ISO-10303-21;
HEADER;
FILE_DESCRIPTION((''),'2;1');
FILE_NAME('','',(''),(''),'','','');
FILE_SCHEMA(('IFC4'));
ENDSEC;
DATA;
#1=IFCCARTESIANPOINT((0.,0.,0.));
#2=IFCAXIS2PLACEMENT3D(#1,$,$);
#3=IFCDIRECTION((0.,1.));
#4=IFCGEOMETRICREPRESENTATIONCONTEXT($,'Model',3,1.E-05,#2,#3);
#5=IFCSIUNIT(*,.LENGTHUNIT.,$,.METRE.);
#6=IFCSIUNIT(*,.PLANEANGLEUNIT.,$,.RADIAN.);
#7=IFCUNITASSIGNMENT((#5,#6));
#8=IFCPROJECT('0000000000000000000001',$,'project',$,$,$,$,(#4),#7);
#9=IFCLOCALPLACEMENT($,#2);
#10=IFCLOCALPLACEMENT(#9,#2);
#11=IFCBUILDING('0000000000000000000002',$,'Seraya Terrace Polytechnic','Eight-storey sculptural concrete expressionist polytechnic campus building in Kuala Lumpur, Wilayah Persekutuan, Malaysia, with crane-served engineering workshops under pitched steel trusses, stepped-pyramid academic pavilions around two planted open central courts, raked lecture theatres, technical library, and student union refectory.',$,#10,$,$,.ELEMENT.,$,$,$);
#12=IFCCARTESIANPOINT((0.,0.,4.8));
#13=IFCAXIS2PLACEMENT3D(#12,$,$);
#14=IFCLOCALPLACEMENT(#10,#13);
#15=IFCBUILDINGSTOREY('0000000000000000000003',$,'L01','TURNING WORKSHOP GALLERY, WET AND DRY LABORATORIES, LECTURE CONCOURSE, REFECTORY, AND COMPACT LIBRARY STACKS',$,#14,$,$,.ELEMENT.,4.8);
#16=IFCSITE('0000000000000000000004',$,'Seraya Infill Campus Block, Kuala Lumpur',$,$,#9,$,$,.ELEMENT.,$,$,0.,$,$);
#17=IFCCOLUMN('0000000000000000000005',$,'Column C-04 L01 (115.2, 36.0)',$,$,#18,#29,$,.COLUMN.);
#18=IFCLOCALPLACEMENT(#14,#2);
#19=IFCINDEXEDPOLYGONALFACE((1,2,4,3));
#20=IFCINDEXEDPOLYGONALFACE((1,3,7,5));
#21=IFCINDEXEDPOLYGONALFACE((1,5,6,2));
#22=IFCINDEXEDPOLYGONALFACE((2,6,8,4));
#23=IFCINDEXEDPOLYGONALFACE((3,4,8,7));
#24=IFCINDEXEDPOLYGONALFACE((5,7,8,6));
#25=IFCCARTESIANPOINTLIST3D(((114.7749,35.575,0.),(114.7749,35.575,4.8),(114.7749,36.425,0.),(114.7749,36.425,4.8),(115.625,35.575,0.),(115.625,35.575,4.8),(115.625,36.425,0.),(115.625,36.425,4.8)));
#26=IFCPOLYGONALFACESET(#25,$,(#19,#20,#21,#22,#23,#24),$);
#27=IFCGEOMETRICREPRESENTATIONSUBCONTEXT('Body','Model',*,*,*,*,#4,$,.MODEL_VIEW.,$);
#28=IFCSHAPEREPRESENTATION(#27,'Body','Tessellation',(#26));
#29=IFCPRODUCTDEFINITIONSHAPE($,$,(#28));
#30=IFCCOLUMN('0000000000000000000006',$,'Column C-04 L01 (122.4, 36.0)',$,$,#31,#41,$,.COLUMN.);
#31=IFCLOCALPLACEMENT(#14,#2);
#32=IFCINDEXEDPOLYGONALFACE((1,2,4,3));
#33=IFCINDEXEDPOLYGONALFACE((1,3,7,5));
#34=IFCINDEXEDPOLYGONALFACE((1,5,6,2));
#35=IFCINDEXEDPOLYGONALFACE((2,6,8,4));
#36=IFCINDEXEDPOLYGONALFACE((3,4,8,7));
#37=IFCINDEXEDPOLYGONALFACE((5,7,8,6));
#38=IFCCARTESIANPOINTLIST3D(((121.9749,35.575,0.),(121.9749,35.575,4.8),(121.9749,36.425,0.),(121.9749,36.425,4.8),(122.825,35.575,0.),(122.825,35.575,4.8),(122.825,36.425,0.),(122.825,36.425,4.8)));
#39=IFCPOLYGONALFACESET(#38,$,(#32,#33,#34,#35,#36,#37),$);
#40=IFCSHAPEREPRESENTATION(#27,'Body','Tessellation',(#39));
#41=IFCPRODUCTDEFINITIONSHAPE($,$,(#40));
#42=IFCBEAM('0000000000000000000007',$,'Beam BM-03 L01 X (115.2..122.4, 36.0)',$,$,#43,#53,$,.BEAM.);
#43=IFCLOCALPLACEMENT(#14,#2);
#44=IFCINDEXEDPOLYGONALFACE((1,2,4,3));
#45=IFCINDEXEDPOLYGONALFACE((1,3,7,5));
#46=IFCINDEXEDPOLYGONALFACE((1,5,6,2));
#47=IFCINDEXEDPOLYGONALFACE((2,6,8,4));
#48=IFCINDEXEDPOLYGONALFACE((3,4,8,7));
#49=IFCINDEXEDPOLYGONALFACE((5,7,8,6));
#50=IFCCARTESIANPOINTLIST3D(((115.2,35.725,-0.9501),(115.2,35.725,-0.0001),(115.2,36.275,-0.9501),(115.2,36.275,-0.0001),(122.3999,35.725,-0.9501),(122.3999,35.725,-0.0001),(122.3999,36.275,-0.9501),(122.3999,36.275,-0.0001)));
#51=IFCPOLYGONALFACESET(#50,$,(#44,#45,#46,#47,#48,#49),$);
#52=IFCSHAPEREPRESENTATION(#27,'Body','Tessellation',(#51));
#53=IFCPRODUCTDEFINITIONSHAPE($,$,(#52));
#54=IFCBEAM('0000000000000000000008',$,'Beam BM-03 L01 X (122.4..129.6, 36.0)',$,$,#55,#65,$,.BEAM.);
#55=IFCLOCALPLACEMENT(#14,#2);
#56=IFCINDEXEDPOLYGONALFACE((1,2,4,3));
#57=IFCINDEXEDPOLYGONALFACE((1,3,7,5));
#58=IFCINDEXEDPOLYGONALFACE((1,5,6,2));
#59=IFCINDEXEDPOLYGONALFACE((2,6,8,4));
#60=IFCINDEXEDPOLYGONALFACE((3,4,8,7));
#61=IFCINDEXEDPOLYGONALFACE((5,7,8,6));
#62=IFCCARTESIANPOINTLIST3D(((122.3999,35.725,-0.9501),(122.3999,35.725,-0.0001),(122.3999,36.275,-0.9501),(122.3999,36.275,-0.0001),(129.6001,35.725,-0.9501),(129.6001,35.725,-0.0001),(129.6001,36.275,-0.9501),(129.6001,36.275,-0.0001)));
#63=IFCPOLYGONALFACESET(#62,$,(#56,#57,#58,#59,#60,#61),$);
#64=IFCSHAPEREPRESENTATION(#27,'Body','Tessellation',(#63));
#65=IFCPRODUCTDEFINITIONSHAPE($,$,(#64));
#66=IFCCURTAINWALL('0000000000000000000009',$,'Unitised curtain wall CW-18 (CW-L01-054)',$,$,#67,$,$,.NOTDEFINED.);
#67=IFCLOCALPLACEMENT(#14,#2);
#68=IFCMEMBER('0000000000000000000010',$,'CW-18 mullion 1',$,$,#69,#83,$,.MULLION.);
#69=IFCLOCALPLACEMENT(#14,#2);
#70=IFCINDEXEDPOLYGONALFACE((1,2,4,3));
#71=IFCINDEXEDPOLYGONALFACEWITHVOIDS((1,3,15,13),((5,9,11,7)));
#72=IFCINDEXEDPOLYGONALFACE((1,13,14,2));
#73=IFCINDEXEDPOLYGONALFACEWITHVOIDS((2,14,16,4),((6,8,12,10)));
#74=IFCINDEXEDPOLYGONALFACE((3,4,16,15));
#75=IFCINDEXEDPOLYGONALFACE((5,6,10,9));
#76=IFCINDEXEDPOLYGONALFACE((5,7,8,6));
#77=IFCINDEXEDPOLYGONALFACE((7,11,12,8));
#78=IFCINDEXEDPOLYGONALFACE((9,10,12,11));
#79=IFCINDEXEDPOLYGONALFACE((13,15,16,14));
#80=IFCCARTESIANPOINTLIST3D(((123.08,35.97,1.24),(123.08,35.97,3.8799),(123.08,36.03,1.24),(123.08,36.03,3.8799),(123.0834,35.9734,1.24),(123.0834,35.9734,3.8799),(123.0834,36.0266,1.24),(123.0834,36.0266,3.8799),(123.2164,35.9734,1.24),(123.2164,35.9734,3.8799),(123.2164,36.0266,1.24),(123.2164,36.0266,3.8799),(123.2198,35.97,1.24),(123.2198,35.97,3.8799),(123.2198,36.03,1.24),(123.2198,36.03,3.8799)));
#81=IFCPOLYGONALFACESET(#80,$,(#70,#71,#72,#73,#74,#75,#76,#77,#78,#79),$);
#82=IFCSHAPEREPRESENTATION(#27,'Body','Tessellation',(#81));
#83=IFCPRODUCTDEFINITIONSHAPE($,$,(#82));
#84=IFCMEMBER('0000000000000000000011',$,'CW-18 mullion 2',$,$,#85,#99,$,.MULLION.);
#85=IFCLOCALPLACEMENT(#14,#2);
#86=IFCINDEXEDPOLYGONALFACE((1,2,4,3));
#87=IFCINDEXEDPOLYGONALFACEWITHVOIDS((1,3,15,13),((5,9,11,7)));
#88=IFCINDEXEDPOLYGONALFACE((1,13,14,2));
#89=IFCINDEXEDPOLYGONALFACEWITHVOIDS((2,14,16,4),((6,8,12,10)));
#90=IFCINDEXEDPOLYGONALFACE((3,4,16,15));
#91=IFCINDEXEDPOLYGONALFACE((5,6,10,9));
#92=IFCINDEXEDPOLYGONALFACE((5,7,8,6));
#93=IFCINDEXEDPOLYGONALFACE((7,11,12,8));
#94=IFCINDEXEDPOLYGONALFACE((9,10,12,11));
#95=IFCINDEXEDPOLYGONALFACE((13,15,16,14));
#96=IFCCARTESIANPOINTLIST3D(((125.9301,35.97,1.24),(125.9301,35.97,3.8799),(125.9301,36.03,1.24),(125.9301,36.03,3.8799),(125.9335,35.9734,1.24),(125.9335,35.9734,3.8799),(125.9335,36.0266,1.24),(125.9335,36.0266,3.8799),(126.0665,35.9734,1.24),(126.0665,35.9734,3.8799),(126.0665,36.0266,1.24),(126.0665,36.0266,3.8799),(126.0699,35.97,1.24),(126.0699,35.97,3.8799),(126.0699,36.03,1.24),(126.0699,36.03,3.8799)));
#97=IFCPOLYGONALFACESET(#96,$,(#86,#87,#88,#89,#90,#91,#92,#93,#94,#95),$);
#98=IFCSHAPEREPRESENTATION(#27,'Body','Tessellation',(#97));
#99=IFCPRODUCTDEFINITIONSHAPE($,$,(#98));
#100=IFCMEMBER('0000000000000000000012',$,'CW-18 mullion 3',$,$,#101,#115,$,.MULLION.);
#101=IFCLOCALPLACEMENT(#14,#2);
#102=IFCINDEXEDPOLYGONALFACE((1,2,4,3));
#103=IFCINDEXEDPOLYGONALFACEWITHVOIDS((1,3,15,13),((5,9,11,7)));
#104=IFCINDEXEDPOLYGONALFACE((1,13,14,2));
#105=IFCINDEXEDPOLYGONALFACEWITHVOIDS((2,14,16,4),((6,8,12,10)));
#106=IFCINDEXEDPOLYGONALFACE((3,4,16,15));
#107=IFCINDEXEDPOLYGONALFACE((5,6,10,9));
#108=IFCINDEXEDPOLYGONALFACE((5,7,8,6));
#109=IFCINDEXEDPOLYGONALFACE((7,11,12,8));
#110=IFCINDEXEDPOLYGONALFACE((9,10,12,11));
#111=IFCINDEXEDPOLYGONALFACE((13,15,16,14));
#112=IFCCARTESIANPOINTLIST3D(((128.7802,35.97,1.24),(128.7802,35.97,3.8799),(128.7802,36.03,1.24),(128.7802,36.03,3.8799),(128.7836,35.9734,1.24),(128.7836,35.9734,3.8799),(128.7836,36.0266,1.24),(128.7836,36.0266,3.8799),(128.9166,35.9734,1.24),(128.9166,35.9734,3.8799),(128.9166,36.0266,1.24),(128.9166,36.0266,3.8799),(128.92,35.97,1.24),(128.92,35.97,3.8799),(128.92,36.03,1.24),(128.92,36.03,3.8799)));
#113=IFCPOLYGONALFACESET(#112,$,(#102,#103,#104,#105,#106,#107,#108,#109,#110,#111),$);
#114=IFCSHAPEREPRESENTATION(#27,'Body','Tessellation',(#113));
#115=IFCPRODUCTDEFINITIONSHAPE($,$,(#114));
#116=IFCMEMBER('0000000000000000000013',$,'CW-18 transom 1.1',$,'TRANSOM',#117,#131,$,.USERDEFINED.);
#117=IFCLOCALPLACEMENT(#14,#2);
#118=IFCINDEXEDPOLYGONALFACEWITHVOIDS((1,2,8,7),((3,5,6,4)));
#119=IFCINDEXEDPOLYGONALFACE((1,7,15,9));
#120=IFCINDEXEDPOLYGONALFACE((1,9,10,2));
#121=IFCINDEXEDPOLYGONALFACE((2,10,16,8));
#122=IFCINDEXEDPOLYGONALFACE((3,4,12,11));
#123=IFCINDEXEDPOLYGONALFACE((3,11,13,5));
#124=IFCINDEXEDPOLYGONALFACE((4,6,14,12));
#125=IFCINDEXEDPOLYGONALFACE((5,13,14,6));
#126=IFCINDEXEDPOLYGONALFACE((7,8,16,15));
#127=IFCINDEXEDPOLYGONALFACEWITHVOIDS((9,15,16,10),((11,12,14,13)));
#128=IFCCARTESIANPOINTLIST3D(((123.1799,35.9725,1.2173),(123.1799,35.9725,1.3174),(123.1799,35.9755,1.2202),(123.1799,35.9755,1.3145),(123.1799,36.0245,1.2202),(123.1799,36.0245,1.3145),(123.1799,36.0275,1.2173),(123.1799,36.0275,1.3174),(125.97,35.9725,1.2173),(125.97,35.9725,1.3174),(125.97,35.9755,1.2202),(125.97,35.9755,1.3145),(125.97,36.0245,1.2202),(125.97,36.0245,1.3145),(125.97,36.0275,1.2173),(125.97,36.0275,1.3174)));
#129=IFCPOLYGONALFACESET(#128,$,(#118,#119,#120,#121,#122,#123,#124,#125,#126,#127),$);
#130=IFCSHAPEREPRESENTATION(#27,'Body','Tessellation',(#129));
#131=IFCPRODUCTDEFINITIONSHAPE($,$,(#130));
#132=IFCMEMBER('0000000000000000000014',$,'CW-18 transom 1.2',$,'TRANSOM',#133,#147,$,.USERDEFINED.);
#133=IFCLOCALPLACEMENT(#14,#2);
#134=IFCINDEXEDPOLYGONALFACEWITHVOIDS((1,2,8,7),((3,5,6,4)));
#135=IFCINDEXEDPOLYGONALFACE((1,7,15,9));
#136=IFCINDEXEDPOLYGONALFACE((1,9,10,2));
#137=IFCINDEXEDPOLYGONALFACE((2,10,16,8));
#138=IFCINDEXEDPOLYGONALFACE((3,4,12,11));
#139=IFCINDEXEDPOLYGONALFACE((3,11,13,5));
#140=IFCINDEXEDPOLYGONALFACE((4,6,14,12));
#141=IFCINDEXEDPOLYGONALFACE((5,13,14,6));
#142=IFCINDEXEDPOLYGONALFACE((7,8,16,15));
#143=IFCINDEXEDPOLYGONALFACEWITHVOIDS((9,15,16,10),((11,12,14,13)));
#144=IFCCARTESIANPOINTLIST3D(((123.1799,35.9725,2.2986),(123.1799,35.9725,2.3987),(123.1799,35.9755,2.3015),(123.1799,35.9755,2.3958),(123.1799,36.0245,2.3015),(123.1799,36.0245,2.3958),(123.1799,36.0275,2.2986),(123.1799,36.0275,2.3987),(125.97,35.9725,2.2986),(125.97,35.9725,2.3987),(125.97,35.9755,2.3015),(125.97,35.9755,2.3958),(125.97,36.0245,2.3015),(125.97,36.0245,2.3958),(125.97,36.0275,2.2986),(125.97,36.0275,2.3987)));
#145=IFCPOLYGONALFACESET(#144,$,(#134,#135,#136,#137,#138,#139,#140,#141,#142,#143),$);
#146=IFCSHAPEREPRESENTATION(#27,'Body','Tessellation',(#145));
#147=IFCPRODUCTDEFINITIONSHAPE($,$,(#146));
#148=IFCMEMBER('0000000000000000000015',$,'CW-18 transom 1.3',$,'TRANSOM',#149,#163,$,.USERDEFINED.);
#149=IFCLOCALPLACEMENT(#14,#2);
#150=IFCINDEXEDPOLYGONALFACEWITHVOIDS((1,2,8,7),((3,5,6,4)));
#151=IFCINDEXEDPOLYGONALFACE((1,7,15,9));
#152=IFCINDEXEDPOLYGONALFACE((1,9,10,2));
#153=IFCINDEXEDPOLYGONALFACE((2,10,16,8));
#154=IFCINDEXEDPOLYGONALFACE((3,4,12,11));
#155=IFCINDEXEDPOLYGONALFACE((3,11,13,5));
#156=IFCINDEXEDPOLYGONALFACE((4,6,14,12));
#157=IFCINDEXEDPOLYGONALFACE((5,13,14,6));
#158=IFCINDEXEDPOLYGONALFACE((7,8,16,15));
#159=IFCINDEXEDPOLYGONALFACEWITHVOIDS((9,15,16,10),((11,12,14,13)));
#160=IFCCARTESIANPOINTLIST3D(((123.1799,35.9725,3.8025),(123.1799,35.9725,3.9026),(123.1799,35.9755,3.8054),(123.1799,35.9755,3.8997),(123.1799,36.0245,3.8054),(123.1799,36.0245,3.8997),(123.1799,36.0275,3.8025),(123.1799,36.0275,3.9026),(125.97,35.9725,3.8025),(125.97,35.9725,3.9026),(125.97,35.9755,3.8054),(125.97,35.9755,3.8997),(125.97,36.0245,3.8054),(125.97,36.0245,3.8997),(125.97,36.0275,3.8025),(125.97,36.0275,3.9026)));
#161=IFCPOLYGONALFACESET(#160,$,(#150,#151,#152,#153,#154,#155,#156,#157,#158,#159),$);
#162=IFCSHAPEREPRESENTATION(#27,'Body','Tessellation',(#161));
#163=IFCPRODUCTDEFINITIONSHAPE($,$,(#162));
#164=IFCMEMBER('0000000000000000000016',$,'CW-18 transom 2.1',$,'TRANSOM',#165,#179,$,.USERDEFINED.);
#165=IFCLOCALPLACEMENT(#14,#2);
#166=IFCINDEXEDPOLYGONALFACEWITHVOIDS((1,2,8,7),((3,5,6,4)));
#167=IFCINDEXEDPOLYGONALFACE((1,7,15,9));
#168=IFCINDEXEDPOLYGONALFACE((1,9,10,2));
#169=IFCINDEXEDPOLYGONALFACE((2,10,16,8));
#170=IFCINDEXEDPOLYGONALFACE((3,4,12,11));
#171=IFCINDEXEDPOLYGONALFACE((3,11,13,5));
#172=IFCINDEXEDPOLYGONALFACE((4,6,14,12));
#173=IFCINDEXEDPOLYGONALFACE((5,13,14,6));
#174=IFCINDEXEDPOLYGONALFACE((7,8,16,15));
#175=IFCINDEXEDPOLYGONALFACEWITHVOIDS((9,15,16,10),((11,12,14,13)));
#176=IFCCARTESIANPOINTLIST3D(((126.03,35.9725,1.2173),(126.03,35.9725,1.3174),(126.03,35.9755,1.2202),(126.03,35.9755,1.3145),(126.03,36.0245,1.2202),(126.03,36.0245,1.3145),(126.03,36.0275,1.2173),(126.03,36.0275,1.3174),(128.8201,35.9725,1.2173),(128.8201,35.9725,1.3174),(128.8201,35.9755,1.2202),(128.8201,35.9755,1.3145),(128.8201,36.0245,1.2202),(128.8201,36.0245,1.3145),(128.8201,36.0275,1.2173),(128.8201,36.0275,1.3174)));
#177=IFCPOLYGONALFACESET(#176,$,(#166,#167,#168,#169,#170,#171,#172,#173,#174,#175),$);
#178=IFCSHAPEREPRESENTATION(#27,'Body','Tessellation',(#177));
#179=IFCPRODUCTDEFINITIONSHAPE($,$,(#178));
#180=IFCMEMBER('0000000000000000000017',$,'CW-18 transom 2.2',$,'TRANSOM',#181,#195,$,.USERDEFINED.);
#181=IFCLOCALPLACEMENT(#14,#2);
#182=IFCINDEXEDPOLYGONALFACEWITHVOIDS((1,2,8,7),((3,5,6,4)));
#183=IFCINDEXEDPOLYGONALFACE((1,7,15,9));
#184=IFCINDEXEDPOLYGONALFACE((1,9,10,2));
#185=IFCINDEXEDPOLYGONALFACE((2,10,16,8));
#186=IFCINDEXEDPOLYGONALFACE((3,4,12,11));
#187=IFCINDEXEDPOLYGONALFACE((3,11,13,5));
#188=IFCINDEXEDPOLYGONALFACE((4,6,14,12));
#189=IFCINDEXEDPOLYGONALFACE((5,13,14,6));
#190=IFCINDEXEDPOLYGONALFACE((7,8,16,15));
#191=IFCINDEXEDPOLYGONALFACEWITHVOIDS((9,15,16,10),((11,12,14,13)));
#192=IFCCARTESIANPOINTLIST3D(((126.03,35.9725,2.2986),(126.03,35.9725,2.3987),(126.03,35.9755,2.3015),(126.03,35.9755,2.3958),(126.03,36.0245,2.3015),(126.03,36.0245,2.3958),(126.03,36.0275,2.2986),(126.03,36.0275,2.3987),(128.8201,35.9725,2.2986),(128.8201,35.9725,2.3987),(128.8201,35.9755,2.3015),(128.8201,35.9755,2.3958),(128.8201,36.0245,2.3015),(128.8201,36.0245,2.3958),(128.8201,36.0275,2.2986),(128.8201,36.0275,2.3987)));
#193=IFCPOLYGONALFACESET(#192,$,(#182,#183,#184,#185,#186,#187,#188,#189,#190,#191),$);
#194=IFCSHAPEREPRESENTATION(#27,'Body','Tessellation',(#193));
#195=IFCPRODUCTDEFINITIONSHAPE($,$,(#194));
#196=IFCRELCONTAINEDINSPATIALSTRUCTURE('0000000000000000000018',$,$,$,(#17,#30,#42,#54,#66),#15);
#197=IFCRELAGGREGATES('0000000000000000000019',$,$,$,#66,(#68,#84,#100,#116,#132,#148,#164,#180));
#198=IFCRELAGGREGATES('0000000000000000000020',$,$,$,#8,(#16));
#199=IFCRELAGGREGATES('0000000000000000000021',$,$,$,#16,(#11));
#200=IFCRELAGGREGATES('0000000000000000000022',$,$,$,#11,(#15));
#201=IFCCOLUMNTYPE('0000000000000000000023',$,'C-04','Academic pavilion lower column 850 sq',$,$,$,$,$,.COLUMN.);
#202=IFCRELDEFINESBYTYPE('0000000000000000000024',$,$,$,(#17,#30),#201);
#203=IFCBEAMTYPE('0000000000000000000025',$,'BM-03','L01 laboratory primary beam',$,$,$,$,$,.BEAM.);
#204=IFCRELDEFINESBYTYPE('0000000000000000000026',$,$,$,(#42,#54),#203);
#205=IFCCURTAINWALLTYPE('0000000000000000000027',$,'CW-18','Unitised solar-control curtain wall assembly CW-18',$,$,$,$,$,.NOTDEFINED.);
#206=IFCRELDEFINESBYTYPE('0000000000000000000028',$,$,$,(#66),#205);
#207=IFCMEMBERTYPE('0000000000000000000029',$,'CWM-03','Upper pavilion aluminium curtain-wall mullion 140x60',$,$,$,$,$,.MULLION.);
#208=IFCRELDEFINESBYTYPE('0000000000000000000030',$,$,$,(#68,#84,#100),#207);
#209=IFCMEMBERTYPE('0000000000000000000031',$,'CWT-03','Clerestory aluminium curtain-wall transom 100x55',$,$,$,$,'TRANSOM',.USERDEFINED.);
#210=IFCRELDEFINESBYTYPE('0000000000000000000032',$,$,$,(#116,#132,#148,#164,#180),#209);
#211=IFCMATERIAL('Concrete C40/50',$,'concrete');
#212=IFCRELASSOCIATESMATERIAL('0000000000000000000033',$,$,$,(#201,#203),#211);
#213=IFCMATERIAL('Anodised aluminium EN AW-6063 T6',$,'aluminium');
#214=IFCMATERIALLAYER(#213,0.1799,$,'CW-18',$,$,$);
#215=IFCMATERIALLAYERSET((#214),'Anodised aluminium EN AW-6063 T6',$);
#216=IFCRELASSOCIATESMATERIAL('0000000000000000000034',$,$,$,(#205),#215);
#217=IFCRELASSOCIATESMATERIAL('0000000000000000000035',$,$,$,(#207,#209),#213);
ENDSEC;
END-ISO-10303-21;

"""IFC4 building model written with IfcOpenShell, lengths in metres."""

from ifc_helpers import new_model, si_unit, direction, frame, origin, origin_2d, place, context, subcontext, project, spatial, rectangle, hollow_rectangle, extrude, material, layer, layer_set, material_profile, profile_set, type_object, element, aggregate, save


model = new_model("IFC4")

# Units and contexts
model_context = context("Model", 3, precision=1e-05, world=origin(), true_north=direction((0.0, 1.0)))
body_context = subcontext(model_context, "Body", "Model", "MODEL_VIEW")
ifc_project = project(units=[si_unit("LENGTHUNIT", "METRE"), si_unit("PLANEANGLEUNIT", "RADIAN")], contexts=[model_context])

# Site, building, storey
site_placement = place(None, origin())
site = spatial("IfcSite", under=ifc_project, at=site_placement, Name="Seraya Infill Campus Block, Kuala Lumpur", CompositionType="ELEMENT", RefElevation=0.0)
building_placement = place(site_placement, origin())
building = spatial("IfcBuilding", under=site, at=building_placement, Name="Seraya Terrace Polytechnic", Description="Eight-storey sculptural concrete expressionist polytechnic campus building in Kuala Lumpur, Wilayah Persekutuan, Malaysia, with crane-served engineering workshops under pitched steel trusses, stepped-pyramid academic pavilions around two planted open central courts, raked lecture theatres, technical library, and student union refectory.", CompositionType="ELEMENT")
storey_placement = place(building_placement, frame((0.0, 0.0, 4.8)))
storey = spatial("IfcBuildingStorey", under=building, at=storey_placement, Name="L01", Description="TURNING WORKSHOP GALLERY, WET AND DRY LABORATORIES, LECTURE CONCOURSE, REFECTORY, AND COMPACT LIBRARY STACKS", CompositionType="ELEMENT", Elevation=4.8)

# Columns
ifc_material_1 = material(Name="Concrete C40/50", Category="concrete")
ifc_material_profile_1 = material_profile(ifc_material_1, rectangle(XDim=0.8501, YDim=0.8501, at=origin_2d()), Name="RC 850x850")
ifc_profile_set_1 = profile_set([ifc_material_profile_1], Name="Concrete C40/50")
column_type = type_object("IfcColumnType", Name="C-04", Description="Academic pavilion lower column 850 sq", PredefinedType="COLUMN", material=ifc_profile_set_1)
for number, where, z_axis, x_axis, name in (
    (1, (115.2, 36.0, 0.0), (0.0, 0.0, 1.0), (1.0, 0.0, 0.0), "Column C-04 L01 (115.2, 36.0)"),
    (2, (122.3999, 36.0, 0.0), (0.0, 0.0, 1.0), (1.0, 0.0, 0.0), "Column C-04 L01 (122.4, 36.0)"),
):
    element("IfcColumn", number, at=place(storey_placement, frame(where, z_axis=z_axis, x_axis=x_axis)), inside=storey, type_object=column_type, Name=name, PredefinedType="COLUMN", context=body_context, shape_type="SweptSolid", body=[
        extrude(rectangle(XDim=0.8501, YDim=0.8501, at=origin_2d()), origin(), (0.0, 0.0, 1.0), 4.8),
    ])

# Beams
ifc_material_profile_2 = material_profile(ifc_material_1, rectangle(XDim=0.55, YDim=0.95, at=origin_2d()), Name="RC 550x950")
ifc_profile_set_2 = profile_set([ifc_material_profile_2], Name="Concrete C40/50")
beam_type = type_object("IfcBeamType", Name="BM-03", Description="L01 laboratory primary beam", PredefinedType="BEAM", material=ifc_profile_set_2)
beam_1_placement = place(storey_placement, frame((115.2, 36.0, -0.4751), z_axis=(1.0, 0.0, 0.0), x_axis=(0.0, 1.0, 0.0)))
element("IfcBeam", 3, at=beam_1_placement, inside=storey, type_object=beam_type, Name="Beam BM-03 L01 X (115.2..122.4, 36.0)", PredefinedType="BEAM", context=body_context, shape_type="SweptSolid", body=[
    extrude(rectangle(XDim=0.55, YDim=0.95, at=origin_2d()), origin(), (0.0, 0.0, 1.0), 7.2),
])
beam_2_placement = place(storey_placement, frame((122.3999, 36.0, -0.4751), z_axis=(1.0, 0.0, 0.0), x_axis=(0.0, 1.0, 0.0)))
element("IfcBeam", 4, at=beam_2_placement, inside=storey, type_object=beam_type, Name="Beam BM-03 L01 X (122.4..129.6, 36.0)", PredefinedType="BEAM", context=body_context, shape_type="SweptSolid", body=[
    extrude(rectangle(XDim=0.55, YDim=0.95, at=origin_2d()), origin(), (0.0, 0.0, 1.0), 7.2002),
])

# Curtain wall, members
ifc_material_2 = material(Name="Anodised aluminium EN AW-6063 T6", Category="aluminium")
ifc_layer_1 = layer(ifc_material_2, 0.1799, Name="CW-18")
ifc_layer_set_1 = layer_set([ifc_layer_1], Name="Anodised aluminium EN AW-6063 T6")
curtain_wall_type = type_object("IfcCurtainWallType", Name="CW-18", Description="Unitised solar-control curtain wall assembly CW-18", PredefinedType="NOTDEFINED", material=ifc_layer_set_1)
curtain_wall_placement = place(storey_placement, origin())
curtain_wall = element("IfcCurtainWall", 5, at=curtain_wall_placement, inside=storey, type_object=curtain_wall_type, Name="Unitised curtain wall CW-18 (CW-L01-054)", PredefinedType="NOTDEFINED")
ifc_material_profile_3 = material_profile(ifc_material_2, hollow_rectangle(XDim=0.0601, YDim=0.1399, WallThickness=0.0034, at=origin_2d()), Name="RHS 140x60x3.5")
ifc_profile_set_3 = profile_set([ifc_material_profile_3], Name="Anodised aluminium EN AW-6063 T6")
member_type_1 = type_object("IfcMemberType", Name="CWM-03", Description="Upper pavilion aluminium curtain-wall mullion 140x60", PredefinedType="MULLION", material=ifc_profile_set_3)
member_1_placement = place(storey_placement, frame((123.1499, 36.0, 1.24), z_axis=(0.0, 0.0, 1.0), x_axis=(0.0, 1.0, 0.0)))
member_1 = element("IfcMember", 6, at=member_1_placement, type_object=member_type_1, Name="CW-18 mullion 1", PredefinedType="MULLION", context=body_context, shape_type="SweptSolid", body=[
    extrude(hollow_rectangle(XDim=0.0601, YDim=0.1399, WallThickness=0.0034, at=origin_2d()), origin(), (0.0, 0.0, 1.0), 2.6399),
])
member_2_placement = place(storey_placement, frame((126.0, 36.0, 1.24), z_axis=(0.0, 0.0, 1.0), x_axis=(0.0, 1.0, 0.0)))
member_2 = element("IfcMember", 7, at=member_2_placement, type_object=member_type_1, Name="CW-18 mullion 2", PredefinedType="MULLION", context=body_context, shape_type="SweptSolid", body=[
    extrude(hollow_rectangle(XDim=0.0601, YDim=0.1399, WallThickness=0.0034, at=origin_2d()), origin(), (0.0, 0.0, 1.0), 2.6399),
])
member_3_placement = place(storey_placement, frame((128.8501, 36.0, 1.24), z_axis=(0.0, 0.0, 1.0), x_axis=(0.0, 1.0, 0.0)))
member_3 = element("IfcMember", 8, at=member_3_placement, type_object=member_type_1, Name="CW-18 mullion 3", PredefinedType="MULLION", context=body_context, shape_type="SweptSolid", body=[
    extrude(hollow_rectangle(XDim=0.0601, YDim=0.1399, WallThickness=0.0034, at=origin_2d()), origin(), (0.0, 0.0, 1.0), 2.6399),
])
ifc_material_profile_4 = material_profile(ifc_material_2, hollow_rectangle(XDim=0.0549, YDim=0.1001, WallThickness=0.0029, at=origin_2d()), Name="RHS 100x55x3.0")
ifc_profile_set_4 = profile_set([ifc_material_profile_4], Name="Anodised aluminium EN AW-6063 T6")
member_type_2 = type_object("IfcMemberType", Name="CWT-03", Description="Clerestory aluminium curtain-wall transom 100x55", ElementType="TRANSOM", PredefinedType="USERDEFINED", material=ifc_profile_set_4)
member_4_placement = place(storey_placement, frame((123.1799, 36.0, 1.2673), z_axis=(1.0, 0.0, 0.0), x_axis=(0.0, 1.0, 0.0)))
member_4 = element("IfcMember", 9, at=member_4_placement, type_object=member_type_2, Name="CW-18 transom 1.1", ObjectType="TRANSOM", PredefinedType="USERDEFINED", context=body_context, shape_type="SweptSolid", body=[
    extrude(hollow_rectangle(XDim=0.0549, YDim=0.1001, WallThickness=0.0029, at=origin_2d()), origin(), (0.0, 0.0, 1.0), 2.79),
])
member_5_placement = place(storey_placement, frame((123.1799, 36.0, 2.3486), z_axis=(1.0, 0.0, 0.0), x_axis=(0.0, 1.0, 0.0)))
member_5 = element("IfcMember", 10, at=member_5_placement, type_object=member_type_2, Name="CW-18 transom 1.2", ObjectType="TRANSOM", PredefinedType="USERDEFINED", context=body_context, shape_type="SweptSolid", body=[
    extrude(hollow_rectangle(XDim=0.0549, YDim=0.1001, WallThickness=0.0029, at=origin_2d()), origin(), (0.0, 0.0, 1.0), 2.79),
])
member_6_placement = place(storey_placement, frame((123.1799, 36.0, 3.8525), z_axis=(1.0, 0.0, 0.0), x_axis=(0.0, 1.0, 0.0)))
member_6 = element("IfcMember", 11, at=member_6_placement, type_object=member_type_2, Name="CW-18 transom 1.3", ObjectType="TRANSOM", PredefinedType="USERDEFINED", context=body_context, shape_type="SweptSolid", body=[
    extrude(hollow_rectangle(XDim=0.0549, YDim=0.1001, WallThickness=0.0029, at=origin_2d()), origin(), (0.0, 0.0, 1.0), 2.79),
])
member_7_placement = place(storey_placement, frame((126.03, 36.0, 1.2673), z_axis=(1.0, 0.0, 0.0), x_axis=(0.0, 1.0, 0.0)))
member_7 = element("IfcMember", 12, at=member_7_placement, type_object=member_type_2, Name="CW-18 transom 2.1", ObjectType="TRANSOM", PredefinedType="USERDEFINED", context=body_context, shape_type="SweptSolid", body=[
    extrude(hollow_rectangle(XDim=0.0549, YDim=0.1001, WallThickness=0.0029, at=origin_2d()), origin(), (0.0, 0.0, 1.0), 2.79),
])
member_8_placement = place(storey_placement, frame((126.03, 36.0, 2.3486), z_axis=(1.0, 0.0, 0.0), x_axis=(0.0, 1.0, 0.0)))
member_8 = element("IfcMember", 13, at=member_8_placement, type_object=member_type_2, Name="CW-18 transom 2.2", ObjectType="TRANSOM", PredefinedType="USERDEFINED", context=body_context, shape_type="SweptSolid", body=[
    extrude(hollow_rectangle(XDim=0.0549, YDim=0.1001, WallThickness=0.0029, at=origin_2d()), origin(), (0.0, 0.0, 1.0), 2.79),
])
aggregate(curtain_wall, [member_1, member_2, member_3, member_4, member_5, member_6, member_7, member_8])

save(model, "model.ifc")
